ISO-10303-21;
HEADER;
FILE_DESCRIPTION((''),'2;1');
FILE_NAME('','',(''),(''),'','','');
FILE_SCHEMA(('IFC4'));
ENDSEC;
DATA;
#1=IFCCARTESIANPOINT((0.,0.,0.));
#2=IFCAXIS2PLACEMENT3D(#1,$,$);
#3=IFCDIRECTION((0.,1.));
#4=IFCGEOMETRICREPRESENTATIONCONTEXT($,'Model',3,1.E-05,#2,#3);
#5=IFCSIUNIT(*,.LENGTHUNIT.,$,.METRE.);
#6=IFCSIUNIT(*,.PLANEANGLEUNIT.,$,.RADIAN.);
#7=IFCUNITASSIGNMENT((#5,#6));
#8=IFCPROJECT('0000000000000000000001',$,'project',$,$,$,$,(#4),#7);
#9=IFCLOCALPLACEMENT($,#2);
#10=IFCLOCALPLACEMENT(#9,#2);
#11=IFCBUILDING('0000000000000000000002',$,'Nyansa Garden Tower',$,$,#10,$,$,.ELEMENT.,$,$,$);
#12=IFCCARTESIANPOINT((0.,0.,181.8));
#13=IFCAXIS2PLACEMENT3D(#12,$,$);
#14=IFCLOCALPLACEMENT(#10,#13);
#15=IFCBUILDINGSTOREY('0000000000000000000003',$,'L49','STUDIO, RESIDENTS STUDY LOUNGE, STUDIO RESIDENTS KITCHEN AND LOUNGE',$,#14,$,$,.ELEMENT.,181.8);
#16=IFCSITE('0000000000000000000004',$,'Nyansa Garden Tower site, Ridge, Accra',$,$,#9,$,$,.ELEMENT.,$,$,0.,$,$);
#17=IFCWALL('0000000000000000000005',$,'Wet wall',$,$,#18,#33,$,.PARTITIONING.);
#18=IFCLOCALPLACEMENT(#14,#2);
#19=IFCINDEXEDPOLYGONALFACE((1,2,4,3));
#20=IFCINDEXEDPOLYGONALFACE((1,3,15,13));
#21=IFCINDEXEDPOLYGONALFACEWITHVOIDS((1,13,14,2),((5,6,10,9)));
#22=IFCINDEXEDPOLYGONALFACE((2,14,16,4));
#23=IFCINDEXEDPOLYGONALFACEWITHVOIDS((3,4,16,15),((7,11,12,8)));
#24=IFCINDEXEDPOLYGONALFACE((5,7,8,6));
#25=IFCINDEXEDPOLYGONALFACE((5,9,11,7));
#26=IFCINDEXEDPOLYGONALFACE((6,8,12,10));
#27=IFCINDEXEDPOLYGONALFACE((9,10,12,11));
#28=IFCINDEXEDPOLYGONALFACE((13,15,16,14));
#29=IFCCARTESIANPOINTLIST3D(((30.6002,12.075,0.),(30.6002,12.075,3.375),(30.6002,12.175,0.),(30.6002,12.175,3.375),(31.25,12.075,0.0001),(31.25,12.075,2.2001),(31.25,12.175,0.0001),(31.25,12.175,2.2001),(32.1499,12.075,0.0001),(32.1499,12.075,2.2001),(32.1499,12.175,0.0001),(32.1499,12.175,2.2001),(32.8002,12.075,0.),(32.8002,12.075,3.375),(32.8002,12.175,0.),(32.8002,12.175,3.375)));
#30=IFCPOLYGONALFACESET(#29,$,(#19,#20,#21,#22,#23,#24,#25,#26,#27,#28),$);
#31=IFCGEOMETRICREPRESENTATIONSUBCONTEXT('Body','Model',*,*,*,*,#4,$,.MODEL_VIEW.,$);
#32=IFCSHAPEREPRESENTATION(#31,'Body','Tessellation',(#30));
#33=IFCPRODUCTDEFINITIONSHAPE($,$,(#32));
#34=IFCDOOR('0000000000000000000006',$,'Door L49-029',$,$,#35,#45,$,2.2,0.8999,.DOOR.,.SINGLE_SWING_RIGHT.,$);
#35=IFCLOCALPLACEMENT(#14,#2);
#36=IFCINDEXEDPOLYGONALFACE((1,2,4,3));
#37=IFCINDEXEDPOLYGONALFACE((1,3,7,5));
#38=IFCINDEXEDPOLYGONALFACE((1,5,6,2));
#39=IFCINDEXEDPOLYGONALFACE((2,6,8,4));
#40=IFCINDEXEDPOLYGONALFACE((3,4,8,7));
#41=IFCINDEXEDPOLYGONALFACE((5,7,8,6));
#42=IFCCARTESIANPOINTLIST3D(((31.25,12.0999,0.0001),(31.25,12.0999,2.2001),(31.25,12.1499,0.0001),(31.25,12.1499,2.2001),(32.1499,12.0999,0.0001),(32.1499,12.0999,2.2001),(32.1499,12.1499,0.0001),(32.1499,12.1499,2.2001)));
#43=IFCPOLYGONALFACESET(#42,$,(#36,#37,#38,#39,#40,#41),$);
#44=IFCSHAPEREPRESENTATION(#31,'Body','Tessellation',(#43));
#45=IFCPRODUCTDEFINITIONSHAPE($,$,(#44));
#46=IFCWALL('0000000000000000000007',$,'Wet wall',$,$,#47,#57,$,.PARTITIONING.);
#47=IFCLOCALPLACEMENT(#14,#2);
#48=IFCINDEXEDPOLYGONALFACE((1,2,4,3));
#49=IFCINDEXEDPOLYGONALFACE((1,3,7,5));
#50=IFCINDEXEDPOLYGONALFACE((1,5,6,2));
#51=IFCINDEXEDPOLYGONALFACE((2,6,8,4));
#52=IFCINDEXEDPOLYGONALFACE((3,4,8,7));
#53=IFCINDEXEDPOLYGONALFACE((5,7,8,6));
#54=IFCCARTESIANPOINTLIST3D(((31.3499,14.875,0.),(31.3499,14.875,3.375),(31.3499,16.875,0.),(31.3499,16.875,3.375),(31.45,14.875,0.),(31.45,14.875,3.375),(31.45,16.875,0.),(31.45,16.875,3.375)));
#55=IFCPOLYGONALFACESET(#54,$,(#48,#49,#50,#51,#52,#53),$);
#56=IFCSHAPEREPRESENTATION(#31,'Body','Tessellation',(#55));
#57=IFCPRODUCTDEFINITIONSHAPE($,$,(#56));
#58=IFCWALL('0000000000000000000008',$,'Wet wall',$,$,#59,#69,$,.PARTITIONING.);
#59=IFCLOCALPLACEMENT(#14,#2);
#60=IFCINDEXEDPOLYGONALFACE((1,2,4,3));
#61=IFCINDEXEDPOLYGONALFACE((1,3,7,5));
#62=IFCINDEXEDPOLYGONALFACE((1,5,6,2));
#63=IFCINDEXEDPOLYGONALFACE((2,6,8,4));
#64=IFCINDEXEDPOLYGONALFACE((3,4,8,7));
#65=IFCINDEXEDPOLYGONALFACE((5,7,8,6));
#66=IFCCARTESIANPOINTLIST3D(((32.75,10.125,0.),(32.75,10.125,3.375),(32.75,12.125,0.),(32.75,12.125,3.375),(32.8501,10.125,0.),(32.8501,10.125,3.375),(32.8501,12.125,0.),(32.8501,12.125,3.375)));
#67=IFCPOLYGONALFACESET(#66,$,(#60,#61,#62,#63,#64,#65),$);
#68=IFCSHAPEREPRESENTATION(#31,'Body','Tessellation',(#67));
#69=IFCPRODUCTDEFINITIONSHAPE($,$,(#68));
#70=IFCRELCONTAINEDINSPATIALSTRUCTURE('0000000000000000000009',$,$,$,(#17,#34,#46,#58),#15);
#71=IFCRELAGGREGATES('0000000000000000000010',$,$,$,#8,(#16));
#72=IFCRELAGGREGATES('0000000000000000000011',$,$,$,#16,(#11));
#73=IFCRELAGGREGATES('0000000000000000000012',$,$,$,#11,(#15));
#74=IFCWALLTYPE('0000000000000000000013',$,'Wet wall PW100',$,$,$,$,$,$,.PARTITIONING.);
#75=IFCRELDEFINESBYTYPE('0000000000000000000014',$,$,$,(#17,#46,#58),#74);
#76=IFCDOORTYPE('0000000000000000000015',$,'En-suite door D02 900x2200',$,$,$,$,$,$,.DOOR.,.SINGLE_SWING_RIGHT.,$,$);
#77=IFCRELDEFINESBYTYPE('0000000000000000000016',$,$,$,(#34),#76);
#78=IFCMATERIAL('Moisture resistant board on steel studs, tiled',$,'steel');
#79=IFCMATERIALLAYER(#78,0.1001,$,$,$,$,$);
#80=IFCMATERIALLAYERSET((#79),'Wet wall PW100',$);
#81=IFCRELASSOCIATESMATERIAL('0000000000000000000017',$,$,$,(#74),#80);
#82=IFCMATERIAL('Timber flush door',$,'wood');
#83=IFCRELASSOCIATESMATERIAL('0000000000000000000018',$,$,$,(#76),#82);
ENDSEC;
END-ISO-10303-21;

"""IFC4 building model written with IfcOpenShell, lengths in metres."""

from ifc_helpers import new_model, si_unit, direction, frame, frame_2d, origin, place, context, subcontext, project, spatial, rectangle, extrude, material, layer, layer_set, type_object, element, fill, save


model = new_model("IFC4")

# Units and contexts
model_context = context("Model", 3, precision=1e-05, world=origin(), true_north=direction((0.0, 1.0)))
body_context = subcontext(model_context, "Body", "Model", "MODEL_VIEW")
ifc_project = project(units=[si_unit("LENGTHUNIT", "METRE"), si_unit("PLANEANGLEUNIT", "RADIAN")], contexts=[model_context])

# Site, building, storey
site_placement = place(None, origin())
site = spatial("IfcSite", under=ifc_project, at=site_placement, Name="Nyansa Garden Tower site, Ridge, Accra", CompositionType="ELEMENT", RefElevation=0.0)
building_placement = place(site_placement, origin())
building = spatial("IfcBuilding", under=site, at=building_placement, Name="Nyansa Garden Tower", CompositionType="ELEMENT")
storey_placement = place(building_placement, frame((0.0, 0.0, 181.8)))
storey = spatial("IfcBuildingStorey", under=building, at=storey_placement, Name="L49", Description="STUDIO, RESIDENTS STUDY LOUNGE, STUDIO RESIDENTS KITCHEN AND LOUNGE", CompositionType="ELEMENT", Elevation=181.8)

# Shared definitions
ifc_material_1 = material(Name="Moisture resistant board on steel studs, tiled", Category="steel")
ifc_layer_1 = layer(ifc_material_1, 0.1001)
ifc_layer_set_1 = layer_set([ifc_layer_1], Name="Wet wall PW100")
wall_type_1 = type_object("IfcWallType", Name="Wet wall PW100", PredefinedType="PARTITIONING", material=ifc_layer_set_1)
ifc_material_2 = material(Name="Timber flush door", Category="wood")
door_type_1 = type_object("IfcDoorType", Name="En-suite door D02 900x2200", OperationType="SINGLE_SWING_RIGHT", PredefinedType="DOOR", material=ifc_material_2)

# Wall, opening, door
wall_1_placement = place(storey_placement, frame((30.6001, 12.125, 0.0), z_axis=(0.0, 0.0, 1.0), x_axis=(1.0, 0.0, 0.0)))
wall_1 = element("IfcWall", 1, at=wall_1_placement, inside=storey, type_object=wall_type_1, Name="Wet wall", PredefinedType="PARTITIONING", context=body_context, shape_type="SweptSolid", body=[
    extrude(rectangle(XDim=2.2, YDim=0.1001, at=frame_2d((1.1001, 0.0))), origin(), (0.0, 0.0, 1.0), 3.375),
])
opening_1_placement = place(wall_1_placement, frame((0.6499, 0.0, 0.0)))
opening_1 = element("IfcOpeningElement", 2, at=opening_1_placement, cuts=wall_1, PredefinedType="OPENING", context=body_context, shape_type="SweptSolid", body=[
    extrude(rectangle(XDim=0.8999, YDim=2.2, at=frame_2d((0.45, 1.1001))), frame((0.0, 0.0601, 0.0), z_axis=(0.0, -1.0, 0.0), x_axis=(1.0, 0.0, 0.0)), (0.0, 0.0, 1.0), 0.1201),
])
door_1_placement = place(opening_1_placement, origin())
door_1 = element("IfcDoor", 3, at=door_1_placement, inside=storey, type_object=door_type_1, Name="Door L49-029", OperationType="SINGLE_SWING_RIGHT", OverallHeight=2.2, OverallWidth=0.8999, PredefinedType="DOOR", context=body_context, shape_type="SweptSolid", body=[
    extrude(rectangle(XDim=0.8999, YDim=2.2, at=frame_2d((0.45, 1.1001))), frame((0.0, 0.0249, 0.0), z_axis=(0.0, -1.0, 0.0), x_axis=(1.0, 0.0, 0.0)), (0.0, 0.0, 1.0), 0.05),
])
fill(opening_1, door_1)

# Walls
for number, where, z_axis, x_axis, name in (
    (4, (31.3999, 14.875, 0.0), (0.0, 0.0, 1.0), (0.0, 1.0, 0.0), "Wet wall"),
    (5, (32.8, 10.125, 0.0), (0.0, 0.0, 1.0), (0.0, 1.0, 0.0), "Wet wall"),
):
    element("IfcWall", number, at=place(storey_placement, frame(where, z_axis=z_axis, x_axis=x_axis)), inside=storey, type_object=wall_type_1, Name=name, PredefinedType="PARTITIONING", context=body_context, shape_type="SweptSolid", body=[
        extrude(rectangle(XDim=2.0, YDim=0.1001, at=frame_2d((1.0, 0.0))), origin(), (0.0, 0.0, 1.0), 3.375),
    ])

save(model, "model.ifc")
